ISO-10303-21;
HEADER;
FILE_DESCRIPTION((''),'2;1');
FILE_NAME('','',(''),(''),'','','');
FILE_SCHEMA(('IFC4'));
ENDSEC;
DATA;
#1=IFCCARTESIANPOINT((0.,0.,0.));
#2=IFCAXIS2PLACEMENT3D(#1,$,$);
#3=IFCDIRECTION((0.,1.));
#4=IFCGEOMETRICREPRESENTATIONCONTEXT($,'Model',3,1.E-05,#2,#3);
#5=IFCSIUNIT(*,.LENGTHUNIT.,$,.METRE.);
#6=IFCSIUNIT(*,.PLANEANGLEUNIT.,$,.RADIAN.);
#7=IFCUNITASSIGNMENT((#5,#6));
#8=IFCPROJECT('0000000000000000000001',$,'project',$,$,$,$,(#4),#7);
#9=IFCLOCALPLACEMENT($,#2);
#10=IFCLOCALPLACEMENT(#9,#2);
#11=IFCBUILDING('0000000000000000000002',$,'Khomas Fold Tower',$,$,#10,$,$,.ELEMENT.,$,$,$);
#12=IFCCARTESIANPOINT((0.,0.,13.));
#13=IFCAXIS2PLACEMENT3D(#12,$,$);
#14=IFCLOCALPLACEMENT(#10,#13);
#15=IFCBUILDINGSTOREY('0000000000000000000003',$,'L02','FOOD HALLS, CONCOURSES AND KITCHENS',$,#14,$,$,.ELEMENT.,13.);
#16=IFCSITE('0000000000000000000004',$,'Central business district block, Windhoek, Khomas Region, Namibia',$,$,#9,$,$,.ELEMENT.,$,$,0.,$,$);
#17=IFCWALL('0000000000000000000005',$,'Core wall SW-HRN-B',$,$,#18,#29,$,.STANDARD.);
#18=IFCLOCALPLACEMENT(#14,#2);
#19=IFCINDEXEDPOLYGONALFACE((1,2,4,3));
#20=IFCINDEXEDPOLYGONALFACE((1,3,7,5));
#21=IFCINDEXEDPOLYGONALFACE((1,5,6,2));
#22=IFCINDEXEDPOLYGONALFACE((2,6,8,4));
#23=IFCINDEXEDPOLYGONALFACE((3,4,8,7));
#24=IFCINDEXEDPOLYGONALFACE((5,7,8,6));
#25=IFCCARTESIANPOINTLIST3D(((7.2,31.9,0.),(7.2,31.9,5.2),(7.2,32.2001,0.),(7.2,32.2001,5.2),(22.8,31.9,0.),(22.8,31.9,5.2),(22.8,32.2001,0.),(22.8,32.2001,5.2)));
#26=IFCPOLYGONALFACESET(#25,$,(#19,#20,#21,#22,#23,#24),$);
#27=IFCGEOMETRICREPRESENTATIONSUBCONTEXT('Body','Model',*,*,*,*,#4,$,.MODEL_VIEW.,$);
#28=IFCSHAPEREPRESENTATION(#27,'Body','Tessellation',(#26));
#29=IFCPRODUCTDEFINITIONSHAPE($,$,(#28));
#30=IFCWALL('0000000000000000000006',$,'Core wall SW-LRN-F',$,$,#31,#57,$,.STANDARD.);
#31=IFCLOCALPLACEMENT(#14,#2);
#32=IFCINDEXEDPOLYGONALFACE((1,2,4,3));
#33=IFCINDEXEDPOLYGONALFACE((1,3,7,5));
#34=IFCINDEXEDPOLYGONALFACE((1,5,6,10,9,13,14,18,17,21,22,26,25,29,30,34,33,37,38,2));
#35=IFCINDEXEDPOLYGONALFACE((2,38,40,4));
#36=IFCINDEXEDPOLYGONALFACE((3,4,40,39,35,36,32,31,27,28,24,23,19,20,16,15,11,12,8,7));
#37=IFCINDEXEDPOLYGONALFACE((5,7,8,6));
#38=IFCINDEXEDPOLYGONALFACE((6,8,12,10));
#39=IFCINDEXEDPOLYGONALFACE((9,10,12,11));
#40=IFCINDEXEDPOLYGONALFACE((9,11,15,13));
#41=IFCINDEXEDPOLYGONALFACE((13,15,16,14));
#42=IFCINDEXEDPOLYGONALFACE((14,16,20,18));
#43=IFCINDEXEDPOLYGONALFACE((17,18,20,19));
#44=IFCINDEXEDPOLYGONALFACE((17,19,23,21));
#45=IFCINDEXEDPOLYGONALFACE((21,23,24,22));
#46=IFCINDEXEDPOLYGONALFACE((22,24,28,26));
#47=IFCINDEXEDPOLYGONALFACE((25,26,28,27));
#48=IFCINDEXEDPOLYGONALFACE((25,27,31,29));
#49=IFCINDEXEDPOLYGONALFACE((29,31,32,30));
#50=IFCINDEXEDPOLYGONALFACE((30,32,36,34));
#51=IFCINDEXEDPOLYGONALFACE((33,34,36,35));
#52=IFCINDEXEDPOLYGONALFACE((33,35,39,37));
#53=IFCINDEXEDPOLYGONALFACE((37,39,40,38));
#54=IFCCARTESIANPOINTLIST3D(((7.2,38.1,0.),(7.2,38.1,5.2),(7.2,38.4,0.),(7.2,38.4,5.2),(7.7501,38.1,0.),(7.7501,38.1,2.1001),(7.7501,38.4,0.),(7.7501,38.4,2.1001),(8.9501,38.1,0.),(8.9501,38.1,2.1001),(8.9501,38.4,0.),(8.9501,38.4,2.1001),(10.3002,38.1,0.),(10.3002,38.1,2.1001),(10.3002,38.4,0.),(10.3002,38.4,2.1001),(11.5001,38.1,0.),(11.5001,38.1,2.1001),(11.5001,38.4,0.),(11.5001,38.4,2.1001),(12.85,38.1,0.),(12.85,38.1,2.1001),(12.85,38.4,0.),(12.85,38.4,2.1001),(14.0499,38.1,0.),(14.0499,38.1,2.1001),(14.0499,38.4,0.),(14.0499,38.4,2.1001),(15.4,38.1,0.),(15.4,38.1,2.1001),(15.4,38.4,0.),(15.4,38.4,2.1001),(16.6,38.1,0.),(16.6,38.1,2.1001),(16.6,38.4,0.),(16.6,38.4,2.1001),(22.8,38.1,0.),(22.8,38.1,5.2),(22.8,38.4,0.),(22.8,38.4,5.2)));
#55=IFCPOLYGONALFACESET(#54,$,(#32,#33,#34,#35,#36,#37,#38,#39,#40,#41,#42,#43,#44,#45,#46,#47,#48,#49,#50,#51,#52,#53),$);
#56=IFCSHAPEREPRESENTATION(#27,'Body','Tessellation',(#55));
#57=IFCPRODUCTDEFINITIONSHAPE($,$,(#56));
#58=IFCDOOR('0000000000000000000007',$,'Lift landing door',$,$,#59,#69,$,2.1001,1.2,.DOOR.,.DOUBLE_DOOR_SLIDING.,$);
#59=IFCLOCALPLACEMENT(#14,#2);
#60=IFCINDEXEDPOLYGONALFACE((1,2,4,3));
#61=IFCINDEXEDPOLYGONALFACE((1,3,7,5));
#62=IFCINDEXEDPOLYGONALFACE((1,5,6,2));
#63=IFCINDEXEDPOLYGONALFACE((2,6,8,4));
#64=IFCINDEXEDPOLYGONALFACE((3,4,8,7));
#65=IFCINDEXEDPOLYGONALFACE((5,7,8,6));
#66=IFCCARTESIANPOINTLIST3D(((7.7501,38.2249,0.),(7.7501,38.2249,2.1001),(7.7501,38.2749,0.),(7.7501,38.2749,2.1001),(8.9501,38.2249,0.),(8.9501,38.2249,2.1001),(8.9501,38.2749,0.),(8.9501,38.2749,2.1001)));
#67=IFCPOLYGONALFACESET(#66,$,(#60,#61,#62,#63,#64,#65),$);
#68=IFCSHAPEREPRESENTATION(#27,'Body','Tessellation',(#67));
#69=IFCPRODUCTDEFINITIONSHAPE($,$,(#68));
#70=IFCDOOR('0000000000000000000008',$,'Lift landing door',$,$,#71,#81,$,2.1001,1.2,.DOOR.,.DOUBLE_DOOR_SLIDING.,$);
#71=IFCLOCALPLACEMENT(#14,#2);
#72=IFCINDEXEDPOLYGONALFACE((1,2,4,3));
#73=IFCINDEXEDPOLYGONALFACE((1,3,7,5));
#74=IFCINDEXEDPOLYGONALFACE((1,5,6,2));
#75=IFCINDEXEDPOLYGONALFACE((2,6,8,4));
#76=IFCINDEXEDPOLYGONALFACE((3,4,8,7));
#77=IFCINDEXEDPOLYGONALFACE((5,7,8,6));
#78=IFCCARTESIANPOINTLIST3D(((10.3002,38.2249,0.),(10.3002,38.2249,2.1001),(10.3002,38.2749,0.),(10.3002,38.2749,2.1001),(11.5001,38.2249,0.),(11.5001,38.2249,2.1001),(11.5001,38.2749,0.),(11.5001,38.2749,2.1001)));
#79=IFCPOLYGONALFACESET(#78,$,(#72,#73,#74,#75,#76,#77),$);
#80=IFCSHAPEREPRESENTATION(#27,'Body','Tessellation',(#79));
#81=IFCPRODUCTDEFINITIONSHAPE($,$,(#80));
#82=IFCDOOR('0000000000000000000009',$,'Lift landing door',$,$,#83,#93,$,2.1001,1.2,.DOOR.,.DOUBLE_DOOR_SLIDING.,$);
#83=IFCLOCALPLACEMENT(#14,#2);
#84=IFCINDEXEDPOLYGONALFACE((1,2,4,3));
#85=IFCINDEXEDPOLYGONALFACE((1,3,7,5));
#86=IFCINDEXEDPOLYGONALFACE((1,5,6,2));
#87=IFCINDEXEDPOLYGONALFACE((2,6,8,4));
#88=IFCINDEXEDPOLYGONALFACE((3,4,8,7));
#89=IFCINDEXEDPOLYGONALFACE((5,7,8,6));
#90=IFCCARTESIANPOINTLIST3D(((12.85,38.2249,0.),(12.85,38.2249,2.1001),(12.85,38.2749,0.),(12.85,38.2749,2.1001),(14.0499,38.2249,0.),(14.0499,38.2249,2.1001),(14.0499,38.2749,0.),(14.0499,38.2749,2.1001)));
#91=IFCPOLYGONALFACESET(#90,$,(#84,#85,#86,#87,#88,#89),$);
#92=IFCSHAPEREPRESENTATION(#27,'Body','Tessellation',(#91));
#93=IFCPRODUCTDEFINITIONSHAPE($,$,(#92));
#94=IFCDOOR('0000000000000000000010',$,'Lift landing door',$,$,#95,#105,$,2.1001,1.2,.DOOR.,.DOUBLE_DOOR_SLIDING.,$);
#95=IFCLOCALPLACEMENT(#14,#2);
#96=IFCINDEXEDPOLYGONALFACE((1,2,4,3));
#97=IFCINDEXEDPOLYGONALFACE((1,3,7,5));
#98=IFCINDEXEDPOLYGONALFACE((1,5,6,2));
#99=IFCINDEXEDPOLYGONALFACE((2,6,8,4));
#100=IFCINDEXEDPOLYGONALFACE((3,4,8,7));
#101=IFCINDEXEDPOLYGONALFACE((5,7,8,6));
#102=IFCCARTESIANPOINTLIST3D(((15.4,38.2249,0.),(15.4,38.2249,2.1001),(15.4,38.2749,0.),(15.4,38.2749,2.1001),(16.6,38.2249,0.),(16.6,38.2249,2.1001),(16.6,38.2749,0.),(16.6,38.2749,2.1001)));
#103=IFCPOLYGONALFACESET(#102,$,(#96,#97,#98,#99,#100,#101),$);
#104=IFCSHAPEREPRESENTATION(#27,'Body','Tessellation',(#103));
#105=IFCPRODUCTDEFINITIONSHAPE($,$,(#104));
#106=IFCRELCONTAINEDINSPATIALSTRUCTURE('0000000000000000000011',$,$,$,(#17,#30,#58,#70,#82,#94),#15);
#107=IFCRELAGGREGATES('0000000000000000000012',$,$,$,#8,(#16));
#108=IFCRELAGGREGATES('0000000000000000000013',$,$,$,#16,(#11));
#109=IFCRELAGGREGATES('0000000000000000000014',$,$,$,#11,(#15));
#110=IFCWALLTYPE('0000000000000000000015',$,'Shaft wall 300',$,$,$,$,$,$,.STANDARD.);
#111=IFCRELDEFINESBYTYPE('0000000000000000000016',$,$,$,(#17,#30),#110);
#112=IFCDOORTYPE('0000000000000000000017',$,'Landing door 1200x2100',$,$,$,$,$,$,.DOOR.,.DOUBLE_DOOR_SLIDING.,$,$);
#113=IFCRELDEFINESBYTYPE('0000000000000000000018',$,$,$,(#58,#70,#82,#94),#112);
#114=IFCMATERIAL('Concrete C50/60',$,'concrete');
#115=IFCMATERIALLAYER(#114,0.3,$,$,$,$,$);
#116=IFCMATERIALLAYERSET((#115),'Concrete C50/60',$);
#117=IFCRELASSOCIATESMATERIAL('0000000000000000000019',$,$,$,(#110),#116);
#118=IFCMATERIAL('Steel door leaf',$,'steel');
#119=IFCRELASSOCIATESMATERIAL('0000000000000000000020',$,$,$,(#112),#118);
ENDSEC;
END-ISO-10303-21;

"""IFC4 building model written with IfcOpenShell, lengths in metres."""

from ifc_helpers import new_model, si_unit, direction, frame, frame_2d, origin, place, context, subcontext, project, spatial, rectangle, extrude, source, transform, mapped, material, layer, layer_set, type_object, element, fill, save


model = new_model("IFC4")

# Units and contexts
model_context = context("Model", 3, precision=1e-05, world=origin(), true_north=direction((0.0, 1.0)))
body_context = subcontext(model_context, "Body", "Model", "MODEL_VIEW")
ifc_project = project(units=[si_unit("LENGTHUNIT", "METRE"), si_unit("PLANEANGLEUNIT", "RADIAN")], contexts=[model_context])

# Site, building, storey
site_placement = place(None, origin())
site = spatial("IfcSite", under=ifc_project, at=site_placement, Name="Central business district block, Windhoek, Khomas Region, Namibia", CompositionType="ELEMENT", RefElevation=0.0)
building_placement = place(site_placement, origin())
building = spatial("IfcBuilding", under=site, at=building_placement, Name="Khomas Fold Tower", CompositionType="ELEMENT")
storey_placement = place(building_placement, frame((0.0, 0.0, 13.0)))
storey = spatial("IfcBuildingStorey", under=building, at=storey_placement, Name="L02", Description="FOOD HALLS, CONCOURSES AND KITCHENS", CompositionType="ELEMENT", Elevation=13.0)

# Wall
ifc_material_1 = material(Name="Concrete C50/60", Category="concrete")
ifc_layer_1 = layer(ifc_material_1, 0.3)
ifc_layer_set_1 = layer_set([ifc_layer_1], Name="Concrete C50/60")
wall_type_1 = type_object("IfcWallType", Name="Shaft wall 300", PredefinedType="STANDARD", material=ifc_layer_set_1)
shared_shape_1 = source(origin(), body_context, "Body", "SweptSolid", [
    extrude(rectangle(XDim=15.6001, YDim=0.3, at=frame_2d((7.8, 0.0))), origin(), (0.0, 0.0, 1.0), 5.2),
])
wall_1_placement = place(storey_placement, frame((7.2, 32.05, 0.0), z_axis=(0.0, 0.0, 1.0), x_axis=(1.0, 0.0, 0.0)))
element("IfcWall", 1, at=wall_1_placement, inside=storey, type_object=wall_type_1, Name="Core wall SW-HRN-B", PredefinedType="STANDARD", context=body_context, shape_type="MappedRepresentation", body=[
    mapped(shared_shape_1, transform((0.0, 0.0, 0.0))),
])

# Wall, openings, doors
wall_2_placement = place(storey_placement, frame((7.2, 38.25, 0.0), z_axis=(0.0, 0.0, 1.0), x_axis=(1.0, 0.0, 0.0)))
wall_2 = element("IfcWall", 2, at=wall_2_placement, inside=storey, type_object=wall_type_1, Name="Core wall SW-LRN-F", PredefinedType="STANDARD", context=body_context, shape_type="MappedRepresentation", body=[
    mapped(shared_shape_1, transform((0.0, 0.0, 0.0))),
])
shared_shape_2 = source(origin(), body_context, "Body", "SweptSolid", [
    extrude(rectangle(XDim=1.2, YDim=2.1001, at=frame_2d((0.6001, 1.05))), frame((0.0, 0.1599, 0.0), z_axis=(0.0, -1.0, 0.0), x_axis=(1.0, 0.0, 0.0)), (0.0, 0.0, 1.0), 0.3201),
])
opening_1_placement = place(wall_2_placement, frame((0.55, 0.0, 0.0)))
opening_1 = element("IfcOpeningElement", 3, at=opening_1_placement, cuts=wall_2, PredefinedType="OPENING", context=body_context, shape_type="MappedRepresentation", body=[
    mapped(shared_shape_2, transform((0.0, 0.0, 0.0))),
])
opening_2_placement = place(wall_2_placement, frame((3.1001, 0.0, 0.0)))
opening_2 = element("IfcOpeningElement", 4, at=opening_2_placement, cuts=wall_2, PredefinedType="OPENING", context=body_context, shape_type="MappedRepresentation", body=[
    mapped(shared_shape_2, transform((0.0, 0.0, 0.0))),
])
opening_3_placement = place(wall_2_placement, frame((5.6499, 0.0, 0.0)))
opening_3 = element("IfcOpeningElement", 5, at=opening_3_placement, cuts=wall_2, PredefinedType="OPENING", context=body_context, shape_type="MappedRepresentation", body=[
    mapped(shared_shape_2, transform((0.0, 0.0, 0.0))),
])
opening_4_placement = place(wall_2_placement, frame((8.2, 0.0, 0.0)))
opening_4 = element("IfcOpeningElement", 6, at=opening_4_placement, cuts=wall_2, PredefinedType="OPENING", context=body_context, shape_type="MappedRepresentation", body=[
    mapped(shared_shape_2, transform((0.0, 0.0, 0.0))),
])
ifc_material_2 = material(Name="Steel door leaf", Category="steel")
door_type = type_object("IfcDoorType", Name="Landing door 1200x2100", OperationType="DOUBLE_DOOR_SLIDING", PredefinedType="DOOR", material=ifc_material_2)
shared_shape_3 = source(origin(), body_context, "Body", "SweptSolid", [
    extrude(rectangle(XDim=1.2, YDim=2.1001, at=frame_2d((0.6001, 1.05))), frame((0.0, 0.0249, 0.0), z_axis=(0.0, -1.0, 0.0), x_axis=(1.0, 0.0, 0.0)), (0.0, 0.0, 1.0), 0.05),
])
door_1_placement = place(opening_1_placement, origin())
door_1 = element("IfcDoor", 7, at=door_1_placement, inside=storey, type_object=door_type, Name="Lift landing door", OperationType="DOUBLE_DOOR_SLIDING", OverallHeight=2.1001, OverallWidth=1.2, PredefinedType="DOOR", context=body_context, shape_type="MappedRepresentation", body=[
    mapped(shared_shape_3, transform((0.0, 0.0, 0.0))),
])
fill(opening_1, door_1)
door_2_placement = place(opening_2_placement, origin())
door_2 = element("IfcDoor", 8, at=door_2_placement, inside=storey, type_object=door_type, Name="Lift landing door", OperationType="DOUBLE_DOOR_SLIDING", OverallHeight=2.1001, OverallWidth=1.2, PredefinedType="DOOR", context=body_context, shape_type="MappedRepresentation", body=[
    mapped(shared_shape_3, transform((0.0, 0.0, 0.0))),
])
fill(opening_2, door_2)
door_3_placement = place(opening_3_placement, origin())
door_3 = element("IfcDoor", 9, at=door_3_placement, inside=storey, type_object=door_type, Name="Lift landing door", OperationType="DOUBLE_DOOR_SLIDING", OverallHeight=2.1001, OverallWidth=1.2, PredefinedType="DOOR", context=body_context, shape_type="MappedRepresentation", body=[
    mapped(shared_shape_3, transform((0.0, 0.0, 0.0))),
])
fill(opening_3, door_3)
door_4_placement = place(opening_4_placement, origin())
door_4 = element("IfcDoor", 10, at=door_4_placement, inside=storey, type_object=door_type, Name="Lift landing door", OperationType="DOUBLE_DOOR_SLIDING", OverallHeight=2.1001, OverallWidth=1.2, PredefinedType="DOOR", context=body_context, shape_type="MappedRepresentation", body=[
    mapped(shared_shape_3, transform((0.0, 0.0, 0.0))),
])
fill(opening_4, door_4)

save(model, "model.ifc")
